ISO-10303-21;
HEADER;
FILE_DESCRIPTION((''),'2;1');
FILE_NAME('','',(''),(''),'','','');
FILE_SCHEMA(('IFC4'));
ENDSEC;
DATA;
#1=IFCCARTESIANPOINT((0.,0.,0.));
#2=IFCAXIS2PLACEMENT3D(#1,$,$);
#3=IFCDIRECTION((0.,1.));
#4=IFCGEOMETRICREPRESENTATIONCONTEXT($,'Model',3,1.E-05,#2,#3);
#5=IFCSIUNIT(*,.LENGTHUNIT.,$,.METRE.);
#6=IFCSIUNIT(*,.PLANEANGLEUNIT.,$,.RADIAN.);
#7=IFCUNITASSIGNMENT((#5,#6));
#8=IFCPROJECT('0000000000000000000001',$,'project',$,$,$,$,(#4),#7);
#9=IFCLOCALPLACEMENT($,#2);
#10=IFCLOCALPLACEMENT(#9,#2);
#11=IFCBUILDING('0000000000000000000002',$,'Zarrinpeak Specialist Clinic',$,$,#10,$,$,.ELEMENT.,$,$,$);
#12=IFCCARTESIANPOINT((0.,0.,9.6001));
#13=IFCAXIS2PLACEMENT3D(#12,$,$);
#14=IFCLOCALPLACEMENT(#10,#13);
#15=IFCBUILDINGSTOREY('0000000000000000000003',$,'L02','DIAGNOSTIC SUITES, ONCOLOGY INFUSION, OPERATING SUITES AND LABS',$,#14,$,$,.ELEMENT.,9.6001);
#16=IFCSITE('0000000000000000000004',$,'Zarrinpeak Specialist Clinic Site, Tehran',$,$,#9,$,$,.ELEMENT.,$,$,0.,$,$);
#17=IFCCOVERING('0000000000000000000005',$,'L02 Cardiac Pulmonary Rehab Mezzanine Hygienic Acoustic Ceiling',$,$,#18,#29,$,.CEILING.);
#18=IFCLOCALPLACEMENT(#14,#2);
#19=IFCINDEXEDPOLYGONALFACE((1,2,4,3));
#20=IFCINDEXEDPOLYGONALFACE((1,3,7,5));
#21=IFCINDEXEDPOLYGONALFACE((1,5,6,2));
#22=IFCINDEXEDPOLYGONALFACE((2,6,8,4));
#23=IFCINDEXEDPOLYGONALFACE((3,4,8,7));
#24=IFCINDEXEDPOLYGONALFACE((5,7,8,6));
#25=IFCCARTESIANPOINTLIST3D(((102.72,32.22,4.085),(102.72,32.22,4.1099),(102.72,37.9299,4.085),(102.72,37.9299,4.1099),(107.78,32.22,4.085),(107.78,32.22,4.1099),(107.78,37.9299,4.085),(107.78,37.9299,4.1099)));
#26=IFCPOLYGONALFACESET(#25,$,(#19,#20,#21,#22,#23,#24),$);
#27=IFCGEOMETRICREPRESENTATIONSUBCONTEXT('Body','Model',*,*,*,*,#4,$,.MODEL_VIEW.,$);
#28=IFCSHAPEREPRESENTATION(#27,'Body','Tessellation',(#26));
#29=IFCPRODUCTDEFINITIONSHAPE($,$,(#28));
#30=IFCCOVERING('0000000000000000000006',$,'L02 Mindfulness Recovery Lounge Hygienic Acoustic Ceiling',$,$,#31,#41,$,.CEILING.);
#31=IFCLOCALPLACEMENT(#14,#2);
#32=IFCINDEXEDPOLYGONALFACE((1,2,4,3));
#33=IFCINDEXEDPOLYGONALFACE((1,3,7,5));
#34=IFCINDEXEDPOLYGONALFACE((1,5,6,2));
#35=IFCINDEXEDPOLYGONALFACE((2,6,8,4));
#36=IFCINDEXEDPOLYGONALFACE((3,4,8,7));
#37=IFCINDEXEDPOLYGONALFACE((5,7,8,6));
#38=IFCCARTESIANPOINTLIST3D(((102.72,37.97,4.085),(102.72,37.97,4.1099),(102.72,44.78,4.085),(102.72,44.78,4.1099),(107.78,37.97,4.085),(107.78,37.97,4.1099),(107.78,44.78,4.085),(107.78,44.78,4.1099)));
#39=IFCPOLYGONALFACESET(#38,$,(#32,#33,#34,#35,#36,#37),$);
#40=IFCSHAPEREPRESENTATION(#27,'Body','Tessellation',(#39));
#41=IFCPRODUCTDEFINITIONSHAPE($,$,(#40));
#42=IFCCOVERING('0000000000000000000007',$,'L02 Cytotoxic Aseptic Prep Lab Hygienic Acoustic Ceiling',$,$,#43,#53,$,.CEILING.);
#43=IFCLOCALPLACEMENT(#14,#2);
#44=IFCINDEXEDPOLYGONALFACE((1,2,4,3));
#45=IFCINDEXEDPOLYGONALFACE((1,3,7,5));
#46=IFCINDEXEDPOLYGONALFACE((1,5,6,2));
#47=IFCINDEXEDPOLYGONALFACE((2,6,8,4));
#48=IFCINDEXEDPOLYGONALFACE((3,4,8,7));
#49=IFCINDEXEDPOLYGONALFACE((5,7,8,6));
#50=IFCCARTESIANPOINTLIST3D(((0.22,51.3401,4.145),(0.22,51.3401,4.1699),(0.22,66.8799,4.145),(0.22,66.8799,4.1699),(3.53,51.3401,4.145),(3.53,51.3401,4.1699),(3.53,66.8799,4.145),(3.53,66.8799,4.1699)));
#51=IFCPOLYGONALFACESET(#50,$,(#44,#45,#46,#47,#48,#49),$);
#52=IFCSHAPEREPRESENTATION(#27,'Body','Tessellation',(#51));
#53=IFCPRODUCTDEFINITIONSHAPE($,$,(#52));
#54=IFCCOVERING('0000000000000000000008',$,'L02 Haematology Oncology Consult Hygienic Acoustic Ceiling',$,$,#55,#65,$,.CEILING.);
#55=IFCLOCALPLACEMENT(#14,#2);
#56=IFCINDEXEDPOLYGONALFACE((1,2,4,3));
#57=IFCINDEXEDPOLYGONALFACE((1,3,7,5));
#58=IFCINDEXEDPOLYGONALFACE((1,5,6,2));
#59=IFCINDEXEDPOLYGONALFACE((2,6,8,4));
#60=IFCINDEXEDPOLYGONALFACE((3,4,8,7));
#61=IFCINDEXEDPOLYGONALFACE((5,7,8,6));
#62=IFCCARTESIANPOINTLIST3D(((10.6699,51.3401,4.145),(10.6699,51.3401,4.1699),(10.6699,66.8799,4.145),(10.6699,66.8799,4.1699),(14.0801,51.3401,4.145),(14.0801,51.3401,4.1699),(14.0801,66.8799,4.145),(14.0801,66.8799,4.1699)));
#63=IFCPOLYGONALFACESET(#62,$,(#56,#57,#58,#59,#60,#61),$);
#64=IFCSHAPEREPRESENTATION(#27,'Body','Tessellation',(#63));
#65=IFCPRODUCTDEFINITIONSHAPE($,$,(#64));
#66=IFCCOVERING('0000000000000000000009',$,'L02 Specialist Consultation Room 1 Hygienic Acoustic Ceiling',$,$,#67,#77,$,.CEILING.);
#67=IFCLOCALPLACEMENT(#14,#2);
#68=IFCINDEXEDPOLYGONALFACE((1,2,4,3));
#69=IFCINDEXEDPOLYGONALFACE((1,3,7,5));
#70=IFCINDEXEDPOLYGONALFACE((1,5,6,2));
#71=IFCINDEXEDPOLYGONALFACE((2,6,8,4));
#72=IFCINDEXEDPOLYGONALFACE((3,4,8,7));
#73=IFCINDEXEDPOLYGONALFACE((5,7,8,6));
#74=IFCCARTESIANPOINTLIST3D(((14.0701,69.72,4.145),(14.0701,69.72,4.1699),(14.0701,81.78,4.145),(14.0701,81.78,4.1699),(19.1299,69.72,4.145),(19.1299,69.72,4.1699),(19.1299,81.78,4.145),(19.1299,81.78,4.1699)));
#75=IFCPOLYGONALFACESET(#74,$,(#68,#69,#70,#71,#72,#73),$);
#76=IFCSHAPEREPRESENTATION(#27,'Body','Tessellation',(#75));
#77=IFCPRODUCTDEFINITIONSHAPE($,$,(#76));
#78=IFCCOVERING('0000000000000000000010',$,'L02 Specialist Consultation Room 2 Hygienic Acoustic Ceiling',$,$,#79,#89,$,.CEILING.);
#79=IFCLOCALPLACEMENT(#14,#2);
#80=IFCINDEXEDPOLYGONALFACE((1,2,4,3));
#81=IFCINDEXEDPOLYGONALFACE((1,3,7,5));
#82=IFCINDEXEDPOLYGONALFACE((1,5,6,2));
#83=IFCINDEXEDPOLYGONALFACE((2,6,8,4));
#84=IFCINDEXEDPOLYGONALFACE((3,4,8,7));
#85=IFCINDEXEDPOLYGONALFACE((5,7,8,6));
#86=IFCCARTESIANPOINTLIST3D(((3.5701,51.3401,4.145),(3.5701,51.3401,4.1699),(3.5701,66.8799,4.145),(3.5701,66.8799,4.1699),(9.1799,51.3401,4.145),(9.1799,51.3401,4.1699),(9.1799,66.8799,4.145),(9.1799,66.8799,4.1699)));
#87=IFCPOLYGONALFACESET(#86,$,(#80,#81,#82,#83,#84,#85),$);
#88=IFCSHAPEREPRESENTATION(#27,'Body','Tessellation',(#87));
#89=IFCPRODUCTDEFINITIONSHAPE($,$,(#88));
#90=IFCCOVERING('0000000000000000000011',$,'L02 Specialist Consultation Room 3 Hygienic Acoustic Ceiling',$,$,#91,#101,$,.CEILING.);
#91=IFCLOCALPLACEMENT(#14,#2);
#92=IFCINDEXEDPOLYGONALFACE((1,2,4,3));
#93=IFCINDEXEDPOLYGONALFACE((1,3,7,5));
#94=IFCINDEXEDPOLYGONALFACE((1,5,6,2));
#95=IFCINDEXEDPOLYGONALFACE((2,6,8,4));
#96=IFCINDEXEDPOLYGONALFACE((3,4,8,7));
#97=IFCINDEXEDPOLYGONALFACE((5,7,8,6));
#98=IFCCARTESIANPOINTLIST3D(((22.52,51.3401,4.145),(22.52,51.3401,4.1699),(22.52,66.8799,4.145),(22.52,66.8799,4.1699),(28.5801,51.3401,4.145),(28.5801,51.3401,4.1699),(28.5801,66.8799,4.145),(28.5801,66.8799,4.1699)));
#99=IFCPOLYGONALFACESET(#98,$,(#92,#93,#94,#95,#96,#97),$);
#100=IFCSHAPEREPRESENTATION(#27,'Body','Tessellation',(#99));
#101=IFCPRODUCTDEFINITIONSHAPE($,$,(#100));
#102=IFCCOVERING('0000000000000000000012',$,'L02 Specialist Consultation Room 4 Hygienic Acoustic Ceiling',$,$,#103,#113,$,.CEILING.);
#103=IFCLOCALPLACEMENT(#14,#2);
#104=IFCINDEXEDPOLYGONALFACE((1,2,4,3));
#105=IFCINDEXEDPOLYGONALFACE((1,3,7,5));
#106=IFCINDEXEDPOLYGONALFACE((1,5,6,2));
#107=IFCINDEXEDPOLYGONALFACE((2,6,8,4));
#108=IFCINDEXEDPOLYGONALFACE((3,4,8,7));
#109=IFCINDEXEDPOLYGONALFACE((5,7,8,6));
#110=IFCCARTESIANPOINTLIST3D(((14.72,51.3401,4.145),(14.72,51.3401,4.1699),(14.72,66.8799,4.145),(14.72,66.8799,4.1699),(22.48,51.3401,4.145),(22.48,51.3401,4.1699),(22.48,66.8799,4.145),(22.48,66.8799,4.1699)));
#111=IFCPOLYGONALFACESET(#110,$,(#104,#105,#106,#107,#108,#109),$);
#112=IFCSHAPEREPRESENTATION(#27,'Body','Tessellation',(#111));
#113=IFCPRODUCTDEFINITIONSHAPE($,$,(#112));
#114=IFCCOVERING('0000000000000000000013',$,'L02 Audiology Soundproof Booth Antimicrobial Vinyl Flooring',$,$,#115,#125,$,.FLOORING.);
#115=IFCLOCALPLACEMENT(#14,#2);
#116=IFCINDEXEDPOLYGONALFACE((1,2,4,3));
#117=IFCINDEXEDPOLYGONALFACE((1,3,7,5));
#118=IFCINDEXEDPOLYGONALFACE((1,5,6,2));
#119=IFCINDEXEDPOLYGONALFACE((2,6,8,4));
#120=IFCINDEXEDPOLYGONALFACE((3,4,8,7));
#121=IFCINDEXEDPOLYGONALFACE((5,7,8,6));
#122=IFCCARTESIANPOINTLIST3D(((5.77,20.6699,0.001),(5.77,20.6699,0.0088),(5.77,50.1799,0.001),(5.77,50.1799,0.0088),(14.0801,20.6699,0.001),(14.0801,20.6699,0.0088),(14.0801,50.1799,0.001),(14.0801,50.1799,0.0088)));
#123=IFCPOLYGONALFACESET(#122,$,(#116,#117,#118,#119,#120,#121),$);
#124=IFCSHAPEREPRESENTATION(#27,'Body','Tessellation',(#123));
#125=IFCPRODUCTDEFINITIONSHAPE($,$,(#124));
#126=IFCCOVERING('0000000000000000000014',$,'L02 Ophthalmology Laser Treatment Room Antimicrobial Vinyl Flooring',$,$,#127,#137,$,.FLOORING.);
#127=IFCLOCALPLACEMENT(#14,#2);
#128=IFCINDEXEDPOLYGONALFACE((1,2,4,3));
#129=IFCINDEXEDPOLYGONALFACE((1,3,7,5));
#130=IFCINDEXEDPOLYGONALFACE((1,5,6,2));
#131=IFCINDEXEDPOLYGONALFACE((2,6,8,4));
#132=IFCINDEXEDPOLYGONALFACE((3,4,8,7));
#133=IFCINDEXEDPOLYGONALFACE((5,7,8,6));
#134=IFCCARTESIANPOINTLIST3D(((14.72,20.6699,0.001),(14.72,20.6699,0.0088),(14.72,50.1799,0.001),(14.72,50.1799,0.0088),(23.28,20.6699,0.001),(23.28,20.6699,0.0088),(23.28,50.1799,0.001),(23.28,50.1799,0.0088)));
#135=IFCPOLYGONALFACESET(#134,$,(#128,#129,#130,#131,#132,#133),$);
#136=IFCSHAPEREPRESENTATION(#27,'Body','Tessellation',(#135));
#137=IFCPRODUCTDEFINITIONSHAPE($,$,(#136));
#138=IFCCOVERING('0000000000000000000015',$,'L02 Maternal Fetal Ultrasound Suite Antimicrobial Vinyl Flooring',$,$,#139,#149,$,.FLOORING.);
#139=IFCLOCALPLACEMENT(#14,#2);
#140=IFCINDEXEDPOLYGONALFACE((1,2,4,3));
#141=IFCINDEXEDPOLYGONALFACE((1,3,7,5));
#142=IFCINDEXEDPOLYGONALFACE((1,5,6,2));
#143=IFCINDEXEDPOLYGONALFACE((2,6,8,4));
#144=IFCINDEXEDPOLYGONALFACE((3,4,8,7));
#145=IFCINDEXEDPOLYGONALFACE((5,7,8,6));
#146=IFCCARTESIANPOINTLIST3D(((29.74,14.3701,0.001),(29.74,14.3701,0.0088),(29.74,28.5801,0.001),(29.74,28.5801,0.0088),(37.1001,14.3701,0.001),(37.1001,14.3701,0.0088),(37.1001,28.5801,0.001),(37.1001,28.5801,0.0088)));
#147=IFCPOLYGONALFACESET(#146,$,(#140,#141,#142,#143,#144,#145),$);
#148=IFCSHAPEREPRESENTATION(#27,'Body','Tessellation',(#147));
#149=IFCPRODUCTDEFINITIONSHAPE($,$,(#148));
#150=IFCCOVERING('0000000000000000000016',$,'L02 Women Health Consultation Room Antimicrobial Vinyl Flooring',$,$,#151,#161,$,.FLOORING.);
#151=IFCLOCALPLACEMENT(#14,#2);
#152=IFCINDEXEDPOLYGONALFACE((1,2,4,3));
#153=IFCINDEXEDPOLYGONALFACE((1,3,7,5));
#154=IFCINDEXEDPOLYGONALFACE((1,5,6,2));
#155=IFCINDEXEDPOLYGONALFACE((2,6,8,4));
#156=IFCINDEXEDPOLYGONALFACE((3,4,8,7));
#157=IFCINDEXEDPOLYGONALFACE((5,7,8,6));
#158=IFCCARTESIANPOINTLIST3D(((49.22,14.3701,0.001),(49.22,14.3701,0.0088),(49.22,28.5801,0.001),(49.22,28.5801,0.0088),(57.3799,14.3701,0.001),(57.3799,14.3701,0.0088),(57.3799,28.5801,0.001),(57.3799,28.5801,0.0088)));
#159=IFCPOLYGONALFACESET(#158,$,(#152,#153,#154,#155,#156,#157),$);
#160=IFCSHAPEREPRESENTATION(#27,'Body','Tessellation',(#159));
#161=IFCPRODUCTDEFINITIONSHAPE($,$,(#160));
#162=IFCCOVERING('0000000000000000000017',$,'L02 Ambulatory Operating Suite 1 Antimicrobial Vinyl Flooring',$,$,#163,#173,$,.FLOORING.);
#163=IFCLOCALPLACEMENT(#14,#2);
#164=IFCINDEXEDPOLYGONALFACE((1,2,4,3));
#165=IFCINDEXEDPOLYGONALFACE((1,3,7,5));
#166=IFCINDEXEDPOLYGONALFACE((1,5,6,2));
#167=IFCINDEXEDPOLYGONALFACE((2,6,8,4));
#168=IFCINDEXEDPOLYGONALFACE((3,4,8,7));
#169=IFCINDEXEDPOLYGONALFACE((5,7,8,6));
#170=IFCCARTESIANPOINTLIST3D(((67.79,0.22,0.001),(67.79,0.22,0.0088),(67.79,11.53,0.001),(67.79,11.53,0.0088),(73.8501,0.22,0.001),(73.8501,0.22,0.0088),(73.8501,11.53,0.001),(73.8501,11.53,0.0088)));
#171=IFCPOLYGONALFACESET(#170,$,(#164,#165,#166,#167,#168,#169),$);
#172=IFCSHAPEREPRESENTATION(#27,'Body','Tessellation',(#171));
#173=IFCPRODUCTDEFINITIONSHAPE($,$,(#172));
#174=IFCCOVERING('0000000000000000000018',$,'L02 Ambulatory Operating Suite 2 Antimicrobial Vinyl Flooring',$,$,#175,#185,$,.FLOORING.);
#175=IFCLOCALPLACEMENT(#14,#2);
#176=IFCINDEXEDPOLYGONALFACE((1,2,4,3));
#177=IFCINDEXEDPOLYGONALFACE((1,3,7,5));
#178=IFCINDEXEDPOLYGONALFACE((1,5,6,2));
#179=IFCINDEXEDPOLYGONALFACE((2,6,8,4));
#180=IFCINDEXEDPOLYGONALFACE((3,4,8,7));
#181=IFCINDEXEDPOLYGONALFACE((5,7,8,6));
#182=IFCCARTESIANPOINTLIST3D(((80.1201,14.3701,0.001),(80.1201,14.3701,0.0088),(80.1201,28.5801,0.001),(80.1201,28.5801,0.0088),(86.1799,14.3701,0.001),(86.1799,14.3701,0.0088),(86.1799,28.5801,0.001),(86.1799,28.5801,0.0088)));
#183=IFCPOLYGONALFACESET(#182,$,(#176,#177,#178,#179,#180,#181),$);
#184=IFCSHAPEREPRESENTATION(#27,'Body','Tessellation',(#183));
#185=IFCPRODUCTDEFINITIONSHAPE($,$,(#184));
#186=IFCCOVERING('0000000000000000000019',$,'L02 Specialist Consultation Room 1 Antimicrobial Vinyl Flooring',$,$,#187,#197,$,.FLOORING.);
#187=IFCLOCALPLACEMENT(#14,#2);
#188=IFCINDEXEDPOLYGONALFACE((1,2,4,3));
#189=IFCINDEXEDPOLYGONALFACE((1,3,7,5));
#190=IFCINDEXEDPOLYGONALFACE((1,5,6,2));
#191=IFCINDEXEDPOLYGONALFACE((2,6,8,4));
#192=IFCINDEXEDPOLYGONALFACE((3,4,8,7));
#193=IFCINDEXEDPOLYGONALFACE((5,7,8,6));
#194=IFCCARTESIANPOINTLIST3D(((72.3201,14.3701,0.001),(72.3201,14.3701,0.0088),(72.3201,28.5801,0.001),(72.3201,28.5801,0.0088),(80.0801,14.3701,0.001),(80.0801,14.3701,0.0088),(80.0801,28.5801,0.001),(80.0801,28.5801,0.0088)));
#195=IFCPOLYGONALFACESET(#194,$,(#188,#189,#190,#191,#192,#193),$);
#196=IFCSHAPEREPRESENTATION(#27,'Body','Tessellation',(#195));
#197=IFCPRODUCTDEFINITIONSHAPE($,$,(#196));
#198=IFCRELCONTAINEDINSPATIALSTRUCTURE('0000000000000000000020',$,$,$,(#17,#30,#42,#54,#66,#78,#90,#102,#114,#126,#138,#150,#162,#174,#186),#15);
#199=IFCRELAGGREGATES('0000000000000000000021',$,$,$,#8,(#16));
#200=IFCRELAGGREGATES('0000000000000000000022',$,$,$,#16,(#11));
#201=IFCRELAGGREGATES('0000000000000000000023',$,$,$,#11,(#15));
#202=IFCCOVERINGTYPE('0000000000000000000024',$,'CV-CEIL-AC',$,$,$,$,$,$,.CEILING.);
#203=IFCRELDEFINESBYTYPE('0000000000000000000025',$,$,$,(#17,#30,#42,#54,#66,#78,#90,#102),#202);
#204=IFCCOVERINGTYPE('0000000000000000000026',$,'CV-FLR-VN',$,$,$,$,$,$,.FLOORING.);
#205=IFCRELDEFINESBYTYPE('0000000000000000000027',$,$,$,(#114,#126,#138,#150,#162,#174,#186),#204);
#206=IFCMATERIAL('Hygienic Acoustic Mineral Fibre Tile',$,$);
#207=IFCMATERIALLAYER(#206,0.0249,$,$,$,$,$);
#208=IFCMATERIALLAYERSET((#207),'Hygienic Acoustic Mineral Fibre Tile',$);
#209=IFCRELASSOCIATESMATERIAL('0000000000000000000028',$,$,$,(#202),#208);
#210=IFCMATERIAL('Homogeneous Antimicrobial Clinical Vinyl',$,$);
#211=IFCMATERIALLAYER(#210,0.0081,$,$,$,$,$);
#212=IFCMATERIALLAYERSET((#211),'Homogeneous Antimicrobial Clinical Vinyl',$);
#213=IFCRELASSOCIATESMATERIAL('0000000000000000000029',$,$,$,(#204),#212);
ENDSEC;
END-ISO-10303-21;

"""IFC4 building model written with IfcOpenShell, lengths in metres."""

from ifc_helpers import new_model, si_unit, direction, frame, origin, place, context, subcontext, project, spatial, polyline, outline, extrude, material, layer, layer_set, type_object, element, save


model = new_model("IFC4")

# Units and contexts
model_context = context("Model", 3, precision=1e-05, world=origin(), true_north=direction((0.0, 1.0)))
body_context = subcontext(model_context, "Body", "Model", "MODEL_VIEW")
ifc_project = project(units=[si_unit("LENGTHUNIT", "METRE"), si_unit("PLANEANGLEUNIT", "RADIAN")], contexts=[model_context])

# Site, building, storey
site_placement = place(None, origin())
site = spatial("IfcSite", under=ifc_project, at=site_placement, Name="Zarrinpeak Specialist Clinic Site, Tehran", CompositionType="ELEMENT", RefElevation=0.0)
building_placement = place(site_placement, origin())
building = spatial("IfcBuilding", under=site, at=building_placement, Name="Zarrinpeak Specialist Clinic", CompositionType="ELEMENT")
storey_placement = place(building_placement, frame((0.0, 0.0, 9.6001)))
storey = spatial("IfcBuildingStorey", under=building, at=storey_placement, Name="L02", Description="DIAGNOSTIC SUITES, ONCOLOGY INFUSION, OPERATING SUITES AND LABS", CompositionType="ELEMENT", Elevation=9.6001)

# Coverings
ifc_material_1 = material(Name="Hygienic Acoustic Mineral Fibre Tile")
ifc_layer_1 = layer(ifc_material_1, 0.0249)
ifc_layer_set_1 = layer_set([ifc_layer_1], Name="Hygienic Acoustic Mineral Fibre Tile")
covering_type_1 = type_object("IfcCoveringType", Name="CV-CEIL-AC", PredefinedType="CEILING", material=ifc_layer_set_1)
covering_1_placement = place(storey_placement, frame((0.0, 0.0, 4.085)))
element("IfcCovering", 1, at=covering_1_placement, inside=storey, type_object=covering_type_1, Name="L02 Cardiac Pulmonary Rehab Mezzanine Hygienic Acoustic Ceiling", PredefinedType="CEILING", context=body_context, shape_type="SweptSolid", body=[
    extrude(outline(polyline([(102.72, 32.22), (107.78, 32.22), (107.78, 37.9299), (102.72, 37.9299), (102.72, 32.22)])), origin(), (0.0, 0.0, 1.0), 0.0249),
])
covering_2_placement = place(storey_placement, frame((0.0, 0.0, 4.085)))
element("IfcCovering", 2, at=covering_2_placement, inside=storey, type_object=covering_type_1, Name="L02 Mindfulness Recovery Lounge Hygienic Acoustic Ceiling", PredefinedType="CEILING", context=body_context, shape_type="SweptSolid", body=[
    extrude(outline(polyline([(102.72, 37.97), (107.78, 37.97), (107.78, 44.78), (102.72, 44.78), (102.72, 37.97)])), origin(), (0.0, 0.0, 1.0), 0.0249),
])
covering_3_placement = place(storey_placement, frame((0.0, 0.0, 4.145)))
element("IfcCovering", 3, at=covering_3_placement, inside=storey, type_object=covering_type_1, Name="L02 Cytotoxic Aseptic Prep Lab Hygienic Acoustic Ceiling", PredefinedType="CEILING", context=body_context, shape_type="SweptSolid", body=[
    extrude(outline(polyline([(0.22, 51.3401), (3.53, 51.3401), (3.53, 66.8799), (0.22, 66.8799), (0.22, 51.3401)])), origin(), (0.0, 0.0, 1.0), 0.0249),
])
covering_4_placement = place(storey_placement, frame((0.0, 0.0, 4.145)))
element("IfcCovering", 4, at=covering_4_placement, inside=storey, type_object=covering_type_1, Name="L02 Haematology Oncology Consult Hygienic Acoustic Ceiling", PredefinedType="CEILING", context=body_context, shape_type="SweptSolid", body=[
    extrude(outline(polyline([(10.6699, 51.3401), (14.0801, 51.3401), (14.0801, 66.8799), (10.6699, 66.8799), (10.6699, 51.3401)])), origin(), (0.0, 0.0, 1.0), 0.0249),
])
covering_5_placement = place(storey_placement, frame((0.0, 0.0, 4.145)))
element("IfcCovering", 5, at=covering_5_placement, inside=storey, type_object=covering_type_1, Name="L02 Specialist Consultation Room 1 Hygienic Acoustic Ceiling", PredefinedType="CEILING", context=body_context, shape_type="SweptSolid", body=[
    extrude(outline(polyline([(14.0701, 69.72), (19.1299, 69.72), (19.1299, 81.78), (14.0701, 81.78), (14.0701, 69.72)])), origin(), (0.0, 0.0, 1.0), 0.0249),
])
covering_6_placement = place(storey_placement, frame((0.0, 0.0, 4.145)))
element("IfcCovering", 6, at=covering_6_placement, inside=storey, type_object=covering_type_1, Name="L02 Specialist Consultation Room 2 Hygienic Acoustic Ceiling", PredefinedType="CEILING", context=body_context, shape_type="SweptSolid", body=[
    extrude(outline(polyline([(3.5701, 51.3401), (9.1799, 51.3401), (9.1799, 66.8799), (3.5701, 66.8799), (3.5701, 51.3401)])), origin(), (0.0, 0.0, 1.0), 0.0249),
])
covering_7_placement = place(storey_placement, frame((0.0, 0.0, 4.145)))
element("IfcCovering", 7, at=covering_7_placement, inside=storey, type_object=covering_type_1, Name="L02 Specialist Consultation Room 3 Hygienic Acoustic Ceiling", PredefinedType="CEILING", context=body_context, shape_type="SweptSolid", body=[
    extrude(outline(polyline([(22.52, 51.3401), (28.5801, 51.3401), (28.5801, 66.8799), (22.52, 66.8799), (22.52, 51.3401)])), origin(), (0.0, 0.0, 1.0), 0.0249),
])
covering_8_placement = place(storey_placement, frame((0.0, 0.0, 4.145)))
element("IfcCovering", 8, at=covering_8_placement, inside=storey, type_object=covering_type_1, Name="L02 Specialist Consultation Room 4 Hygienic Acoustic Ceiling", PredefinedType="CEILING", context=body_context, shape_type="SweptSolid", body=[
    extrude(outline(polyline([(14.72, 51.3401), (22.48, 51.3401), (22.48, 66.8799), (14.72, 66.8799), (14.72, 51.3401)])), origin(), (0.0, 0.0, 1.0), 0.0249),
])
ifc_material_2 = material(Name="Homogeneous Antimicrobial Clinical Vinyl")
ifc_layer_2 = layer(ifc_material_2, 0.0081)
ifc_layer_set_2 = layer_set([ifc_layer_2], Name="Homogeneous Antimicrobial Clinical Vinyl")
covering_type_2 = type_object("IfcCoveringType", Name="CV-FLR-VN", PredefinedType="FLOORING", material=ifc_layer_set_2)
covering_9_placement = place(storey_placement, frame((0.0, 0.0, 0.001)))
element("IfcCovering", 9, at=covering_9_placement, inside=storey, type_object=covering_type_2, Name="L02 Audiology Soundproof Booth Antimicrobial Vinyl Flooring", PredefinedType="FLOORING", context=body_context, shape_type="SweptSolid", body=[
    extrude(outline(polyline([(5.77, 20.6699), (14.0801, 20.6699), (14.0801, 50.1799), (5.77, 50.1799), (5.77, 20.6699)])), origin(), (0.0, 0.0, 1.0), 0.0078),
])
covering_10_placement = place(storey_placement, frame((0.0, 0.0, 0.001)))
element("IfcCovering", 10, at=covering_10_placement, inside=storey, type_object=covering_type_2, Name="L02 Ophthalmology Laser Treatment Room Antimicrobial Vinyl Flooring", PredefinedType="FLOORING", context=body_context, shape_type="SweptSolid", body=[
    extrude(outline(polyline([(14.72, 20.6699), (23.28, 20.6699), (23.28, 50.1799), (14.72, 50.1799), (14.72, 20.6699)])), origin(), (0.0, 0.0, 1.0), 0.0078),
])
covering_11_placement = place(storey_placement, frame((0.0, 0.0, 0.001)))
element("IfcCovering", 11, at=covering_11_placement, inside=storey, type_object=covering_type_2, Name="L02 Maternal Fetal Ultrasound Suite Antimicrobial Vinyl Flooring", PredefinedType="FLOORING", context=body_context, shape_type="SweptSolid", body=[
    extrude(outline(polyline([(29.74, 14.3701), (37.1001, 14.3701), (37.1001, 28.5801), (29.74, 28.5801), (29.74, 14.3701)])), origin(), (0.0, 0.0, 1.0), 0.0078),
])
covering_12_placement = place(storey_placement, frame((0.0, 0.0, 0.001)))
element("IfcCovering", 12, at=covering_12_placement, inside=storey, type_object=covering_type_2, Name="L02 Women Health Consultation Room Antimicrobial Vinyl Flooring", PredefinedType="FLOORING", context=body_context, shape_type="SweptSolid", body=[
    extrude(outline(polyline([(49.22, 14.3701), (57.3799, 14.3701), (57.3799, 28.5801), (49.22, 28.5801), (49.22, 14.3701)])), origin(), (0.0, 0.0, 1.0), 0.0078),
])
covering_13_placement = place(storey_placement, frame((0.0, 0.0, 0.001)))
element("IfcCovering", 13, at=covering_13_placement, inside=storey, type_object=covering_type_2, Name="L02 Ambulatory Operating Suite 1 Antimicrobial Vinyl Flooring", PredefinedType="FLOORING", context=body_context, shape_type="SweptSolid", body=[
    extrude(outline(polyline([(67.79, 0.22), (73.8501, 0.22), (73.8501, 11.53), (67.79, 11.53), (67.79, 0.22)])), origin(), (0.0, 0.0, 1.0), 0.0078),
])
covering_14_placement = place(storey_placement, frame((0.0, 0.0, 0.001)))
element("IfcCovering", 14, at=covering_14_placement, inside=storey, type_object=covering_type_2, Name="L02 Ambulatory Operating Suite 2 Antimicrobial Vinyl Flooring", PredefinedType="FLOORING", context=body_context, shape_type="SweptSolid", body=[
    extrude(outline(polyline([(80.1201, 14.3701), (86.1799, 14.3701), (86.1799, 28.5801), (80.1201, 28.5801), (80.1201, 14.3701)])), origin(), (0.0, 0.0, 1.0), 0.0078),
])
covering_15_placement = place(storey_placement, frame((0.0, 0.0, 0.001)))
element("IfcCovering", 15, at=covering_15_placement, inside=storey, type_object=covering_type_2, Name="L02 Specialist Consultation Room 1 Antimicrobial Vinyl Flooring", PredefinedType="FLOORING", context=body_context, shape_type="SweptSolid", body=[
    extrude(outline(polyline([(72.3201, 14.3701), (80.0801, 14.3701), (80.0801, 28.5801), (72.3201, 28.5801), (72.3201, 14.3701)])), origin(), (0.0, 0.0, 1.0), 0.0078),
])

save(model, "model.ifc")
